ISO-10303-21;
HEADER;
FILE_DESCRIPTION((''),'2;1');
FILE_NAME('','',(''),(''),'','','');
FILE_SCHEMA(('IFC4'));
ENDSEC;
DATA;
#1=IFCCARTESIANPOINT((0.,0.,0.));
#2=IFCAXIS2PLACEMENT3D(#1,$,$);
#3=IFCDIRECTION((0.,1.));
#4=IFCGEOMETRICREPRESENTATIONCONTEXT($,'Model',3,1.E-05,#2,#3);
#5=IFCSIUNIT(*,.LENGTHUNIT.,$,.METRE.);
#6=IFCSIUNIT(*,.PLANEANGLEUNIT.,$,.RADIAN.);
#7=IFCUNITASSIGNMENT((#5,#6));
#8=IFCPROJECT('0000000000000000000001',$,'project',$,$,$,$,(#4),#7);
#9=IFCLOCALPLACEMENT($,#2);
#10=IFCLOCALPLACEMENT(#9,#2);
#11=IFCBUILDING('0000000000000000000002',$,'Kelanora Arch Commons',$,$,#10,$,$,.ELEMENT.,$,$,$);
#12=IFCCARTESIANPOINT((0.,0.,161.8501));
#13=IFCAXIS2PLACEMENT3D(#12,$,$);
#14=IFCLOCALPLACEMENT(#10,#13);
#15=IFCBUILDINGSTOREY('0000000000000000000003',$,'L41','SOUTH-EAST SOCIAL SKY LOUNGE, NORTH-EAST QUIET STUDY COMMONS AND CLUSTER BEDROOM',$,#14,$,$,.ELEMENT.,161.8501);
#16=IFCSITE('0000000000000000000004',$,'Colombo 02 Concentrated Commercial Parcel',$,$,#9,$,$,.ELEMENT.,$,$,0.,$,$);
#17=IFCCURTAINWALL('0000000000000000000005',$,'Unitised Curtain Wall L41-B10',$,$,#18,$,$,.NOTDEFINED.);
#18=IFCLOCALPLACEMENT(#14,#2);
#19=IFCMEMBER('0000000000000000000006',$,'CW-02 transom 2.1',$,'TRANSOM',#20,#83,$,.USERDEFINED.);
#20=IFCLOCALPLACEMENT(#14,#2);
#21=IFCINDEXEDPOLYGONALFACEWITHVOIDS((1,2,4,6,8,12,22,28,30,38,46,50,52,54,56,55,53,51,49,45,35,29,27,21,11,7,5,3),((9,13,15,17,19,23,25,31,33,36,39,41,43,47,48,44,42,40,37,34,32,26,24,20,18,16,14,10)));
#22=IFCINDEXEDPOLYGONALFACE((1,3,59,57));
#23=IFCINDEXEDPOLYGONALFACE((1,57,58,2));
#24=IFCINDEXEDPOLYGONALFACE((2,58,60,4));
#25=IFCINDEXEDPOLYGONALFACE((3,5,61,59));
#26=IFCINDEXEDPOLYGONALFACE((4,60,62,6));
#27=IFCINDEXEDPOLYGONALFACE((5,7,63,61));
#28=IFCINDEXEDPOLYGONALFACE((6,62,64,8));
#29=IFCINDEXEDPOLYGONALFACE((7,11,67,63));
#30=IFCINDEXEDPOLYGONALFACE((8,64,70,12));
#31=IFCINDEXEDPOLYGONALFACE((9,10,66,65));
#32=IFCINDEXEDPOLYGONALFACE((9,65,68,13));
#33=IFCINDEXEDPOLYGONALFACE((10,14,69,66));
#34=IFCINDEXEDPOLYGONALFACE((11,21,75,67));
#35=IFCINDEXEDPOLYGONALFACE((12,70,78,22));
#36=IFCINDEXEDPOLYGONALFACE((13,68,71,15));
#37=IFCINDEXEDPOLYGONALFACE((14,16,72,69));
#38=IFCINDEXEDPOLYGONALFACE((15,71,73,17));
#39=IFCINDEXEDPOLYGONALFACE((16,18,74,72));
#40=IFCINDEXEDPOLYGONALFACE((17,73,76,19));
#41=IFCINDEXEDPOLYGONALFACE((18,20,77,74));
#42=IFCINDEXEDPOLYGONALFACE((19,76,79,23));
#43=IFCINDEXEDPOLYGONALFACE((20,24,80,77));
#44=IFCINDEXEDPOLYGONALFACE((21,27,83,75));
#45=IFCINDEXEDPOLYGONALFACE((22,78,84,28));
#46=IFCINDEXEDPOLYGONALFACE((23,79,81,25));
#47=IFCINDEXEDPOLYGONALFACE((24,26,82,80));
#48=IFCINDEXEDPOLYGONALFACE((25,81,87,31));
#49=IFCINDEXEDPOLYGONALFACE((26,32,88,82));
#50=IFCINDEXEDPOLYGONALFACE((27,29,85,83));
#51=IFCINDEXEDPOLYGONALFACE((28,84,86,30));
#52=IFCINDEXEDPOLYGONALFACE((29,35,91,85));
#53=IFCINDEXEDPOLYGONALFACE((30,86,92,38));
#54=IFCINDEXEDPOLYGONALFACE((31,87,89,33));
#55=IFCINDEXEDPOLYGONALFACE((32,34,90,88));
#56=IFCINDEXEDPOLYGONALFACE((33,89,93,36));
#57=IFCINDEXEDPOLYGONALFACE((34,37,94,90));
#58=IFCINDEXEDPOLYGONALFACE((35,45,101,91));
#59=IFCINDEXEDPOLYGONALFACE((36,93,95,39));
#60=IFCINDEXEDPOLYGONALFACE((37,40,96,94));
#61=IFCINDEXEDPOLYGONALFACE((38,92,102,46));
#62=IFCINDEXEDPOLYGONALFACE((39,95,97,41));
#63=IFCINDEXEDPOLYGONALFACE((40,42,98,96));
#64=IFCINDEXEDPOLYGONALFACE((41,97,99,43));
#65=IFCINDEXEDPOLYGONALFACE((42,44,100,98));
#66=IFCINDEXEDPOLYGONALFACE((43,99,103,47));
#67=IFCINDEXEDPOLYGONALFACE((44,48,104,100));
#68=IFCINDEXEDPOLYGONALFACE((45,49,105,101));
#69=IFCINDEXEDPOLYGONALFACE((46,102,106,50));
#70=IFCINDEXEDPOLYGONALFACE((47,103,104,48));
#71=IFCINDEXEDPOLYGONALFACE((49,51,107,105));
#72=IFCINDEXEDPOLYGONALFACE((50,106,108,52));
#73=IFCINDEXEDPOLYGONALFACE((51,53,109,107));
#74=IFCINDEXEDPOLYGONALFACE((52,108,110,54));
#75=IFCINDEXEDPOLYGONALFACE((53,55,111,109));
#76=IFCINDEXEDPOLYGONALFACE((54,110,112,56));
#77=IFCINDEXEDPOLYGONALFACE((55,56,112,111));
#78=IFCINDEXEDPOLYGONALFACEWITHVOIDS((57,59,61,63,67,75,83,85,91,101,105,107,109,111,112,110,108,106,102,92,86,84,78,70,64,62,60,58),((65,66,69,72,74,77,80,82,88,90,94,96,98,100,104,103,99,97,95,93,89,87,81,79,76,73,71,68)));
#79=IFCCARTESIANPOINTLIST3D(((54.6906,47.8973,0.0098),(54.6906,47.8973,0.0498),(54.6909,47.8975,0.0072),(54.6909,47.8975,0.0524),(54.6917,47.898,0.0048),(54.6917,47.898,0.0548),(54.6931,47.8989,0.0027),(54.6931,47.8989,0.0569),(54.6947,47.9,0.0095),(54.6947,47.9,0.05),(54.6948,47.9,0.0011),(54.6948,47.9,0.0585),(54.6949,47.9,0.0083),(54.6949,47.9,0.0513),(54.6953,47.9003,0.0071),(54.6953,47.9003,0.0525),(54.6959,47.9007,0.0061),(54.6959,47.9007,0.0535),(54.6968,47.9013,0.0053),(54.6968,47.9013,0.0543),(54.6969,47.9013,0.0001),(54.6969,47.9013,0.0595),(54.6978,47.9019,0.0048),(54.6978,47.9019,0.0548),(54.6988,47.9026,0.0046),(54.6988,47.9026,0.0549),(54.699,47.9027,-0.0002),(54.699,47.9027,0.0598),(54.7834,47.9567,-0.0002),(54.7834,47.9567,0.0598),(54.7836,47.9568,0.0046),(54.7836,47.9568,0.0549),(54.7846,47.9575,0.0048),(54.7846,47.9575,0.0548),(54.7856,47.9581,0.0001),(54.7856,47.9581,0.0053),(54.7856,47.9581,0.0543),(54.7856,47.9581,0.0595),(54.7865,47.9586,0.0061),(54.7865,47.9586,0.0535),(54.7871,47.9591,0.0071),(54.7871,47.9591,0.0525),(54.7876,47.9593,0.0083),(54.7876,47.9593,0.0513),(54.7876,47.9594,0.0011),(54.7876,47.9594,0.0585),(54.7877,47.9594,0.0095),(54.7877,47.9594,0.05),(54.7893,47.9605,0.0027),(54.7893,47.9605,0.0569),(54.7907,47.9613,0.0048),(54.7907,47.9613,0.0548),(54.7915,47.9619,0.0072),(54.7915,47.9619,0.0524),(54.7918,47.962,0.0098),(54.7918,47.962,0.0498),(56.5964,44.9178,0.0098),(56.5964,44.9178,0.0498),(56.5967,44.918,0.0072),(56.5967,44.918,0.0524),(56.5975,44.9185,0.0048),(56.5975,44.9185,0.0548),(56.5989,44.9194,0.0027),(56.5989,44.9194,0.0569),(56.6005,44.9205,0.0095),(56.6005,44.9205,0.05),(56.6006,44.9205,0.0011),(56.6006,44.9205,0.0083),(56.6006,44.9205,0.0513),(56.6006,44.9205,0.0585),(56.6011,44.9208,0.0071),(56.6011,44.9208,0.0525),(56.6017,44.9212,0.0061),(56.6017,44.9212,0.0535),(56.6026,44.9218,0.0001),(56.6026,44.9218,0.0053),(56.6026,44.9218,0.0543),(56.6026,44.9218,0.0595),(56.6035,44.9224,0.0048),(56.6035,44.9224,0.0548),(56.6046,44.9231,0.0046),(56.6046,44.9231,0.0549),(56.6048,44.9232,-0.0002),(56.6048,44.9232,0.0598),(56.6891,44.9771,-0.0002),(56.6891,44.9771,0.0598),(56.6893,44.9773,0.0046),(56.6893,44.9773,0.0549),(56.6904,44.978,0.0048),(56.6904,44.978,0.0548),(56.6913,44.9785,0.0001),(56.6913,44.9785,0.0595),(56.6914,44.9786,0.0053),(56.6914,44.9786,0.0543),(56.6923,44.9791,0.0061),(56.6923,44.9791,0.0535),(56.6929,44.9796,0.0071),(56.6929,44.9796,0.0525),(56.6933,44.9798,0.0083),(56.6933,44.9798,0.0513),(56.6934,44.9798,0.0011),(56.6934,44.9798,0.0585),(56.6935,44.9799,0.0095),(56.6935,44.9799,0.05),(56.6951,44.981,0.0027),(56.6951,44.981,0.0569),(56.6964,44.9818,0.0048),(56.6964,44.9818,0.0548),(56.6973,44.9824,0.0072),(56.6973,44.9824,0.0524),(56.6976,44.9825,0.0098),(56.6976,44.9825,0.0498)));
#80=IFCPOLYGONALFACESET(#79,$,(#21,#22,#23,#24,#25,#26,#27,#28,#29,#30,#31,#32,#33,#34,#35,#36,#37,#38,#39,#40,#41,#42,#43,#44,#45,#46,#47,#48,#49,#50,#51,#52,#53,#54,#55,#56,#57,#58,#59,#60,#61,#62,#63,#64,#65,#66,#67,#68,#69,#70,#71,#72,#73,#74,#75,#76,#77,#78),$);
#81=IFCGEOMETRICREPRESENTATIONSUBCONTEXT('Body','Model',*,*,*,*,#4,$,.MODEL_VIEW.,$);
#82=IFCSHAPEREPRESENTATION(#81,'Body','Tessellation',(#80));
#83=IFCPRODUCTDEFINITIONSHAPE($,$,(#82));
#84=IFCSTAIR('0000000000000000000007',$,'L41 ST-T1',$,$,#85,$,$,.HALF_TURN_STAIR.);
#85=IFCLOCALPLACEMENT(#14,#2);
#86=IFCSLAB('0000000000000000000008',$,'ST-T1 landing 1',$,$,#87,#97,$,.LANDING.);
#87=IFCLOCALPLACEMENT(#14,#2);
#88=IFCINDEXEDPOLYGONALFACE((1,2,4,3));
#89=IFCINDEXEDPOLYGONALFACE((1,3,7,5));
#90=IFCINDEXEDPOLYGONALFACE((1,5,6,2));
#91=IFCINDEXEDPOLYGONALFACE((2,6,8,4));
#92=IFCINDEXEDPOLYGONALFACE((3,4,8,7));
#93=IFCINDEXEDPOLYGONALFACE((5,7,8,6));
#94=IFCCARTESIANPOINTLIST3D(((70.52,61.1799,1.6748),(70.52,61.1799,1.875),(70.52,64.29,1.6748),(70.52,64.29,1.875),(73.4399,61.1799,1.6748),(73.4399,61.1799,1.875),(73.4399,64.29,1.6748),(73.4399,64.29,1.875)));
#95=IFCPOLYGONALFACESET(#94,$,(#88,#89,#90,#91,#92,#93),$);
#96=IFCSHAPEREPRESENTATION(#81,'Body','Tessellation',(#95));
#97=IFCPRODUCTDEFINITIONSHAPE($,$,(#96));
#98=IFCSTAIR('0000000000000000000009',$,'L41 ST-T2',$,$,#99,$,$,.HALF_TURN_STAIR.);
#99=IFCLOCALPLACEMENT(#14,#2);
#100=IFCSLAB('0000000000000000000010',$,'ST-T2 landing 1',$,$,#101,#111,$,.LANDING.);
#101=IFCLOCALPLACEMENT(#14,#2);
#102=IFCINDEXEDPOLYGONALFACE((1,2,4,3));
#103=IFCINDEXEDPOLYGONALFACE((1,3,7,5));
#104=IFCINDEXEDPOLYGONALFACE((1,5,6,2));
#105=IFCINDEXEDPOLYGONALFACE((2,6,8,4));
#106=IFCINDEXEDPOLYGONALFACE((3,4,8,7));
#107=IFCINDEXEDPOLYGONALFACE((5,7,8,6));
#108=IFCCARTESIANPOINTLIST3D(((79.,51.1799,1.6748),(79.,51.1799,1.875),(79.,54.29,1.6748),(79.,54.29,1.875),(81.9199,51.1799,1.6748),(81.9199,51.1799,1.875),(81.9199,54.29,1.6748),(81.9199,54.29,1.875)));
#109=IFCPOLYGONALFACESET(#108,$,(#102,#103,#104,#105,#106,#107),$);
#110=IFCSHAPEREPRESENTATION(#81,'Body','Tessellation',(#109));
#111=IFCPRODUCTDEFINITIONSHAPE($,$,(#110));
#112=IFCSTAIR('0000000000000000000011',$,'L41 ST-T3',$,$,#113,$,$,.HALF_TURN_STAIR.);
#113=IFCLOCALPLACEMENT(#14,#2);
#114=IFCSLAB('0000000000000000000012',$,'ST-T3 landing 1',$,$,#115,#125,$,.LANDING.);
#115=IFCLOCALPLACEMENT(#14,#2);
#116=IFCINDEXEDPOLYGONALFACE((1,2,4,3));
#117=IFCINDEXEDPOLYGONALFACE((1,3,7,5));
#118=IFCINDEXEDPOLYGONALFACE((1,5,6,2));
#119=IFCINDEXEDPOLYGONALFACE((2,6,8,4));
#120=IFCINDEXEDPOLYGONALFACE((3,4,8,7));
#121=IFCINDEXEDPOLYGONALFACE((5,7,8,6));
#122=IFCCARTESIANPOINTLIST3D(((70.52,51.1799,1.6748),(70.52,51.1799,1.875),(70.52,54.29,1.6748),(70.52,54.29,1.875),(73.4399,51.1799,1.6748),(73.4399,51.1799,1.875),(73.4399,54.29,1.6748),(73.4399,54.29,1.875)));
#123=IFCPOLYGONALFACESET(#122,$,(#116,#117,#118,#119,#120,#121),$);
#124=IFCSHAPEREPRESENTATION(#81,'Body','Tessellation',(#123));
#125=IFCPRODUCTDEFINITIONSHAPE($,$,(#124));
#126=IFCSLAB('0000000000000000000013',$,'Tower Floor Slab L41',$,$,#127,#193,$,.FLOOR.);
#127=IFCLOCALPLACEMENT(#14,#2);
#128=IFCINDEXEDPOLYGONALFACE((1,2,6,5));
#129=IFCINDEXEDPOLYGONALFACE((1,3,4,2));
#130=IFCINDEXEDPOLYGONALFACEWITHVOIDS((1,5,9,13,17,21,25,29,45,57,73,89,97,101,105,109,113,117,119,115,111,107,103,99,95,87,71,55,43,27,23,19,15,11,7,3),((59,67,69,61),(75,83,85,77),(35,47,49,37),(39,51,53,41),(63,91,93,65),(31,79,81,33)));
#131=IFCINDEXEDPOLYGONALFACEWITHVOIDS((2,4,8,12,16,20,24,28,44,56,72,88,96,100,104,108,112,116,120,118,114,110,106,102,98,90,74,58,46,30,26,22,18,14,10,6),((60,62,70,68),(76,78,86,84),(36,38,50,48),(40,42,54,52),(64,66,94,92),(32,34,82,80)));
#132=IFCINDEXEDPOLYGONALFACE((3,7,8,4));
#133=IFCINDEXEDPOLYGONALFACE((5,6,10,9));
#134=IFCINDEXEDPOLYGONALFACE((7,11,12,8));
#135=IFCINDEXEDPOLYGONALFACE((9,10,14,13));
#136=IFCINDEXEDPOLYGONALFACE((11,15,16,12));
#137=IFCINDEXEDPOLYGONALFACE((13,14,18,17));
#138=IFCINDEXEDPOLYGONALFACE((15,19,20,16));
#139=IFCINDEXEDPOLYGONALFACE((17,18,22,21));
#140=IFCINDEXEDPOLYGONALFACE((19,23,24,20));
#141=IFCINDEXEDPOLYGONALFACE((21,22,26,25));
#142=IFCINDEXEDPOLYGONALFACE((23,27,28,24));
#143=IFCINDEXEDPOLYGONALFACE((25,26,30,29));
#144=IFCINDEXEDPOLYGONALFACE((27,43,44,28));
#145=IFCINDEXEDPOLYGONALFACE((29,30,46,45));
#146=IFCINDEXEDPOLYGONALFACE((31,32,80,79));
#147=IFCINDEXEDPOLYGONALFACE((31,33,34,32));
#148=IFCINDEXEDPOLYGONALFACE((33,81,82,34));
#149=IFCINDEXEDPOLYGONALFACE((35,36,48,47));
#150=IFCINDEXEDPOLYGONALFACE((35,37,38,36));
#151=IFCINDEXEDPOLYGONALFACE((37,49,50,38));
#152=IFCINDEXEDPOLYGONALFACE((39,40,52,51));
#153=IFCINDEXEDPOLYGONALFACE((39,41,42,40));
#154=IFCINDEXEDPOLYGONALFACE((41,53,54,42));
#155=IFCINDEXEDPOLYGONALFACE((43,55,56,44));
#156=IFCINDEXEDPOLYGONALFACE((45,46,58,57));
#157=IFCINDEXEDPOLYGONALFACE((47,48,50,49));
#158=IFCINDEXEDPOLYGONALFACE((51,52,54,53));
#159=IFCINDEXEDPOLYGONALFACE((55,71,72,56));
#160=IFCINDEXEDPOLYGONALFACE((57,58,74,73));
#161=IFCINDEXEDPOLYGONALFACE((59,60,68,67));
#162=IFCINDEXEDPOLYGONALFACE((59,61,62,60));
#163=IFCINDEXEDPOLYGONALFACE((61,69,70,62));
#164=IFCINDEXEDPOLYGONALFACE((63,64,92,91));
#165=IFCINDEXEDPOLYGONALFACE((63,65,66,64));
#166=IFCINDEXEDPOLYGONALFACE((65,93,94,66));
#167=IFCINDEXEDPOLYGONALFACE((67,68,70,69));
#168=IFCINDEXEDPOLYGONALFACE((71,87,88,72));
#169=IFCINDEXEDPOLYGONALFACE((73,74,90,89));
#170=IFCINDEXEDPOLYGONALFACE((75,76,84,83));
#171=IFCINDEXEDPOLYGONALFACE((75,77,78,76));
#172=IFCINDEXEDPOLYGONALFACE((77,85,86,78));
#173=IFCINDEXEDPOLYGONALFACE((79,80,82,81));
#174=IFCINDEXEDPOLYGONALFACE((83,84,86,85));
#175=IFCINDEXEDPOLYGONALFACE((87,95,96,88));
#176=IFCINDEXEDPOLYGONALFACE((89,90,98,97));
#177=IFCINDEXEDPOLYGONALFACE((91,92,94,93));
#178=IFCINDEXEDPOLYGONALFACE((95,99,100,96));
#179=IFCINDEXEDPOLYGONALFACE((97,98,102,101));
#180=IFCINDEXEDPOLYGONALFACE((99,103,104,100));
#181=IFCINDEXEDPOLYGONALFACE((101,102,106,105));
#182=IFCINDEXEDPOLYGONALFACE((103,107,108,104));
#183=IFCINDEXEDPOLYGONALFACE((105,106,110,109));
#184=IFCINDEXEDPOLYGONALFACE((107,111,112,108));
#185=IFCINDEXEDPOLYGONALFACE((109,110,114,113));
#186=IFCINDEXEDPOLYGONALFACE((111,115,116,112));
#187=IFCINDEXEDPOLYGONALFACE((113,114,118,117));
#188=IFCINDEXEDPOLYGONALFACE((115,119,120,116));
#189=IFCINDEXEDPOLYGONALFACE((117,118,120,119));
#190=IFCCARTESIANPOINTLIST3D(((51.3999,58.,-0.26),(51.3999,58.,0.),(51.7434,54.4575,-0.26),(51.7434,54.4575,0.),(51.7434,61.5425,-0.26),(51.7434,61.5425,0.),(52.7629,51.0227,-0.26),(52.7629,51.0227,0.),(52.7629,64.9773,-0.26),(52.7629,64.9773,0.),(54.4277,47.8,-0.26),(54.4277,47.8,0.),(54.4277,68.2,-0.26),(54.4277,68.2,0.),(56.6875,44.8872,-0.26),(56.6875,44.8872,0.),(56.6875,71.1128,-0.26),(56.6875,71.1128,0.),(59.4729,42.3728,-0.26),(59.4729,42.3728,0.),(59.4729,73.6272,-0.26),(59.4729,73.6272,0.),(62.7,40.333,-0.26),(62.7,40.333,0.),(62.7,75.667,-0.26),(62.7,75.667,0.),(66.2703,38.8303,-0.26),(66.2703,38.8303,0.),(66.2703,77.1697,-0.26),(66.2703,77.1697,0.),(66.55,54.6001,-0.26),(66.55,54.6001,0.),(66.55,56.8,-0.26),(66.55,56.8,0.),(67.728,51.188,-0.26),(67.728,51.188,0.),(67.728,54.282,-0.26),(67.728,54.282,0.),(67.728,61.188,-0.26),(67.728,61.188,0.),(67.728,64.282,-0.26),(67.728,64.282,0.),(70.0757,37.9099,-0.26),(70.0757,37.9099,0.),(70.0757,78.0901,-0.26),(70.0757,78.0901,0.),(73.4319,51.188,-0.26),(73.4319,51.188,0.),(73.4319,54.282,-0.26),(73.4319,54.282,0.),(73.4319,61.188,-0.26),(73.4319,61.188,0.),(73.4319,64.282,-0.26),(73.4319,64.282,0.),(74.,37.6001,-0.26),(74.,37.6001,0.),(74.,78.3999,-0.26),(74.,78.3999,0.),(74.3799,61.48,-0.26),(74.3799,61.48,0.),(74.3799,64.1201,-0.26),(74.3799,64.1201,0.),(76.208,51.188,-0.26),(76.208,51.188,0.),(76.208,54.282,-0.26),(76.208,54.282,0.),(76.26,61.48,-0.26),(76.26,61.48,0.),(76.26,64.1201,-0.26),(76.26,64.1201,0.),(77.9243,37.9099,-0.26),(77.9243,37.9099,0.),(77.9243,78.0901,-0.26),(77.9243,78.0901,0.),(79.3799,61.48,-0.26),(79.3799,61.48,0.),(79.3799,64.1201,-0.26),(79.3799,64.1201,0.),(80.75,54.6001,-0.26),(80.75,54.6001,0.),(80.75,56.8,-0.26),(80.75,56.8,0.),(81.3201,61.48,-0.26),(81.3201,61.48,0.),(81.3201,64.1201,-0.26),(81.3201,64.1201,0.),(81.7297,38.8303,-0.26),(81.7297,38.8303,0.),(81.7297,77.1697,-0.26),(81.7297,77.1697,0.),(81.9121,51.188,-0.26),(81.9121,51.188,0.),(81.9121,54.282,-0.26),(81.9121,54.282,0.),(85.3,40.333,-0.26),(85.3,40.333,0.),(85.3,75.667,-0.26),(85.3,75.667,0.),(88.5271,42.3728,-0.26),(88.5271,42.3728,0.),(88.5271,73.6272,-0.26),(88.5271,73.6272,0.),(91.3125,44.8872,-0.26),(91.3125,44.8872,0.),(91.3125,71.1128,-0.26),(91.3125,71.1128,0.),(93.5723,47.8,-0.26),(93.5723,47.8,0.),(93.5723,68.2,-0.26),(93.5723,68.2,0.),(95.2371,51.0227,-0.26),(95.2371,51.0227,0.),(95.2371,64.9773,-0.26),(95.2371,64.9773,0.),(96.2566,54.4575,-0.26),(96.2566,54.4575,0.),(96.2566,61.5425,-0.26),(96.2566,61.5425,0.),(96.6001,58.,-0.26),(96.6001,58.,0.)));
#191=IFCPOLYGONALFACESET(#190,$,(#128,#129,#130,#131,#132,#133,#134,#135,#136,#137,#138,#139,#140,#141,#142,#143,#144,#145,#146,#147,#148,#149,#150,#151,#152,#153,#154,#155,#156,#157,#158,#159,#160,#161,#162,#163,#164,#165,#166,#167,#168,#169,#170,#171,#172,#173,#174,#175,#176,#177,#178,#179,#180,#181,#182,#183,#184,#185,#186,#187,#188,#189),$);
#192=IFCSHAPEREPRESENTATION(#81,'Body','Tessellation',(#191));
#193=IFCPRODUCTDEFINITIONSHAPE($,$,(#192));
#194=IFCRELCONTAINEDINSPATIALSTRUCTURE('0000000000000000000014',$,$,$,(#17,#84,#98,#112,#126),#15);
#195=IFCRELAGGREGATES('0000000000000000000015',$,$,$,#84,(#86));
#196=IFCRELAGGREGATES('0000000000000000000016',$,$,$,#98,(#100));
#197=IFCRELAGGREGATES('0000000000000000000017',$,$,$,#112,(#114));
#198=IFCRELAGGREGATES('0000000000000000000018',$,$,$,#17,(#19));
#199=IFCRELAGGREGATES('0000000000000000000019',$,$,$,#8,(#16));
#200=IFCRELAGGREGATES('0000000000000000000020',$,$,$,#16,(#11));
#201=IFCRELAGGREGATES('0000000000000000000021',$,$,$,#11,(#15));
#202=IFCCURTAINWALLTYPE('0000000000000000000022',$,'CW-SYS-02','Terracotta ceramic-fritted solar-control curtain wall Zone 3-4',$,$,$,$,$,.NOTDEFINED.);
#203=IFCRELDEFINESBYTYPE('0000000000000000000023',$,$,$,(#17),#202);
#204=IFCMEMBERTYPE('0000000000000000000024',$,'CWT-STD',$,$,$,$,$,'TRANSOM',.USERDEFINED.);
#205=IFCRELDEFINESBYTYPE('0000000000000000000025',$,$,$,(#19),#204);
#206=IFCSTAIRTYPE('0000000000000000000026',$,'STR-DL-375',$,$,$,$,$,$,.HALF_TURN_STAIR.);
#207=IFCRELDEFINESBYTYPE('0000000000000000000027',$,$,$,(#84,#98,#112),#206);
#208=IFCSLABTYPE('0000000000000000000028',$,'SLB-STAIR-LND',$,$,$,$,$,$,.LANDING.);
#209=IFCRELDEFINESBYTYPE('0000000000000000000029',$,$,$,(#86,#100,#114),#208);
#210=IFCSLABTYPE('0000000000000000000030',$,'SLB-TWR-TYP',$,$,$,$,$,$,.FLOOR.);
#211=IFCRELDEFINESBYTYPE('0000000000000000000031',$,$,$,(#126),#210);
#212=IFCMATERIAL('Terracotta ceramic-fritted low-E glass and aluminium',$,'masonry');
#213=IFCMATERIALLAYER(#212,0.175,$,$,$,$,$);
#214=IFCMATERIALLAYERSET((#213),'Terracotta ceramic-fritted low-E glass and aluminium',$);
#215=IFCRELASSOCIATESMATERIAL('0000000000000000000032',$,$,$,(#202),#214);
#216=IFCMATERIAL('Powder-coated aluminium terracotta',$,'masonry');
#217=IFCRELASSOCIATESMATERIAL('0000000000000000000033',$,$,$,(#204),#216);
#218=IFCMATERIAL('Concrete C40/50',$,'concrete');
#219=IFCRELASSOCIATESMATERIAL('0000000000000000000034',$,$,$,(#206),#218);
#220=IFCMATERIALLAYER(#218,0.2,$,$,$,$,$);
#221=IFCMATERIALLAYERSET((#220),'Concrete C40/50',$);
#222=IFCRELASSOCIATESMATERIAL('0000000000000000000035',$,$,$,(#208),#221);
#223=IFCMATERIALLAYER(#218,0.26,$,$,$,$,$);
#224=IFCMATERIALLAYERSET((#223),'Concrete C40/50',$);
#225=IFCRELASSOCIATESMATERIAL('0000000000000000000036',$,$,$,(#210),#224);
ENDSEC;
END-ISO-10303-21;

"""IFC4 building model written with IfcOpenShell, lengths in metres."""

from ifc_helpers import new_model, si_unit, direction, frame, origin, origin_2d, place, context, subcontext, project, spatial, polyline, hollow_rectangle, outline, extrude, material, layer, layer_set, material_profile, profile_set, type_object, element, aggregate, save


model = new_model("IFC4")

# Units and contexts
model_context = context("Model", 3, precision=1e-05, world=origin(), true_north=direction((0.0, 1.0)))
body_context = subcontext(model_context, "Body", "Model", "MODEL_VIEW")
ifc_project = project(units=[si_unit("LENGTHUNIT", "METRE"), si_unit("PLANEANGLEUNIT", "RADIAN")], contexts=[model_context])

# Site, building, storey
site_placement = place(None, origin())
site = spatial("IfcSite", under=ifc_project, at=site_placement, Name="Colombo 02 Concentrated Commercial Parcel", CompositionType="ELEMENT", RefElevation=0.0)
building_placement = place(site_placement, origin())
building = spatial("IfcBuilding", under=site, at=building_placement, Name="Kelanora Arch Commons", CompositionType="ELEMENT")
storey_placement = place(building_placement, frame((0.0, 0.0, 161.8501)))
storey = spatial("IfcBuildingStorey", under=building, at=storey_placement, Name="L41", Description="SOUTH-EAST SOCIAL SKY LOUNGE, NORTH-EAST QUIET STUDY COMMONS AND CLUSTER BEDROOM", CompositionType="ELEMENT", Elevation=161.8501)

# Shared definitions
ifc_material_1 = material(Name="Terracotta ceramic-fritted low-E glass and aluminium", Category="masonry")
ifc_layer_1 = layer(ifc_material_1, 0.175)
ifc_layer_set_1 = layer_set([ifc_layer_1], Name="Terracotta ceramic-fritted low-E glass and aluminium")
curtain_wall_type = type_object("IfcCurtainWallType", Name="CW-SYS-02", Description="Terracotta ceramic-fritted solar-control curtain wall Zone 3-4", PredefinedType="NOTDEFINED", material=ifc_layer_set_1)
ifc_material_2 = material(Name="Powder-coated aluminium terracotta", Category="masonry")

# Curtain wall, member
curtain_wall_1_placement = place(storey_placement, origin())
curtain_wall_1 = element("IfcCurtainWall", 1, at=curtain_wall_1_placement, inside=storey, type_object=curtain_wall_type, Name="Unitised Curtain Wall L41-B10", PredefinedType="NOTDEFINED")
ifc_material_profile_1 = material_profile(ifc_material_2, hollow_rectangle(XDim=0.1201, YDim=0.0601, WallThickness=0.0049, InnerFilletRadius=0.0049, OuterFilletRadius=0.01, at=origin_2d()), Name="CWT120x60")
ifc_profile_set_1 = profile_set([ifc_material_profile_1], Name="Powder-coated aluminium terracotta")
member_type_1 = type_object("IfcMemberType", Name="CWT-STD", ElementType="TRANSOM", PredefinedType="USERDEFINED", material=ifc_profile_set_1)
member_1_placement = place(storey_placement, frame((54.7412, 47.9297, 0.0298), z_axis=(0.53883, -0.842414, 0.0), x_axis=(0.842414, 0.53883, 0.0)))
member_1 = element("IfcMember", 2, at=member_1_placement, type_object=member_type_1, Name="CW-02 transom 2.1", ObjectType="TRANSOM", PredefinedType="USERDEFINED", context=body_context, shape_type="SweptSolid", body=[
    extrude(hollow_rectangle(XDim=0.1201, YDim=0.0601, WallThickness=0.0049, InnerFilletRadius=0.0049, OuterFilletRadius=0.01, at=origin_2d()), origin(), (0.0, 0.0, 1.0), 3.5369),
])

# Stairs, slabs
ifc_material_3 = material(Name="Concrete C40/50", Category="concrete")
stair_type = type_object("IfcStairType", Name="STR-DL-375", PredefinedType="HALF_TURN_STAIR", material=ifc_material_3)
stair_1_placement = place(storey_placement, origin())
stair_1 = element("IfcStair", 3, at=stair_1_placement, inside=storey, type_object=stair_type, Name="L41 ST-T1", PredefinedType="HALF_TURN_STAIR")
ifc_layer_2 = layer(ifc_material_3, 0.2)
ifc_layer_set_2 = layer_set([ifc_layer_2], Name="Concrete C40/50")
slab_type_1 = type_object("IfcSlabType", Name="SLB-STAIR-LND", PredefinedType="LANDING", material=ifc_layer_set_2)
slab_1_placement = place(storey_placement, frame((0.0, 0.0, 1.6748)))
slab_1 = element("IfcSlab", 4, at=slab_1_placement, type_object=slab_type_1, Name="ST-T1 landing 1", PredefinedType="LANDING", context=body_context, shape_type="SweptSolid", body=[
    extrude(outline(polyline([(70.52, 61.1799), (73.4399, 61.1799), (73.4399, 64.29), (70.52, 64.29), (70.52, 61.1799)])), origin(), (0.0, 0.0, 1.0), 0.2002),
])
aggregate(stair_1, [slab_1])
stair_2_placement = place(storey_placement, origin())
stair_2 = element("IfcStair", 5, at=stair_2_placement, inside=storey, type_object=stair_type, Name="L41 ST-T2", PredefinedType="HALF_TURN_STAIR")
slab_2_placement = place(storey_placement, frame((0.0, 0.0, 1.6748)))
slab_2 = element("IfcSlab", 6, at=slab_2_placement, type_object=slab_type_1, Name="ST-T2 landing 1", PredefinedType="LANDING", context=body_context, shape_type="SweptSolid", body=[
    extrude(outline(polyline([(79.0, 51.1799), (81.9199, 51.1799), (81.9199, 54.29), (79.0, 54.29), (79.0, 51.1799)])), origin(), (0.0, 0.0, 1.0), 0.2002),
])
aggregate(stair_2, [slab_2])
stair_3_placement = place(storey_placement, origin())
stair_3 = element("IfcStair", 7, at=stair_3_placement, inside=storey, type_object=stair_type, Name="L41 ST-T3", PredefinedType="HALF_TURN_STAIR")
slab_3_placement = place(storey_placement, frame((0.0, 0.0, 1.6748)))
slab_3 = element("IfcSlab", 8, at=slab_3_placement, type_object=slab_type_1, Name="ST-T3 landing 1", PredefinedType="LANDING", context=body_context, shape_type="SweptSolid", body=[
    extrude(outline(polyline([(70.52, 51.1799), (73.4399, 51.1799), (73.4399, 54.29), (70.52, 54.29), (70.52, 51.1799)])), origin(), (0.0, 0.0, 1.0), 0.2002),
])
aggregate(stair_3, [slab_3])

# Slab
ifc_layer_3 = layer(ifc_material_3, 0.26)
ifc_layer_set_3 = layer_set([ifc_layer_3], Name="Concrete C40/50")
slab_type_2 = type_object("IfcSlabType", Name="SLB-TWR-TYP", PredefinedType="FLOOR", material=ifc_layer_set_3)
slab_4_placement = place(storey_placement, frame((0.0, 0.0, -0.26)))
element("IfcSlab", 9, at=slab_4_placement, inside=storey, type_object=slab_type_2, Name="Tower Floor Slab L41", PredefinedType="FLOOR", context=body_context, shape_type="SweptSolid", body=[
    extrude(outline(polyline([(96.6001, 58.0), (96.2566, 61.5425), (95.2371, 64.9773), (93.5723, 68.2), (91.3125, 71.1128), (88.5271, 73.6272), (85.3, 75.667), (81.7297, 77.1697), (77.9243, 78.0901), (74.0, 78.3999), (70.0757, 78.0901), (66.2703, 77.1697), (62.7, 75.667), (59.4729, 73.6272), (56.6875, 71.1128), (54.4277, 68.2), (52.7629, 64.9773), (51.7434, 61.5425), (51.3999, 58.0), (51.7434, 54.4575), (52.7629, 51.0227), (54.4277, 47.8), (56.6875, 44.8872), (59.4729, 42.3728), (62.7, 40.333), (66.2703, 38.8303), (70.0757, 37.9099), (74.0, 37.6001), (77.9243, 37.9099), (81.7297, 38.8303), (85.3, 40.333), (88.5271, 42.3728), (91.3125, 44.8872), (93.5723, 47.8), (95.2371, 51.0227), (96.2566, 54.4575), (96.6001, 58.0)]), holes=[polyline([(73.4319, 51.188), (67.728, 51.188), (67.728, 54.282), (73.4319, 54.282), (73.4319, 51.188)]), polyline([(76.208, 51.188), (76.208, 54.282), (81.9121, 54.282), (81.9121, 51.188), (76.208, 51.188)]), polyline([(66.55, 54.6001), (66.55, 56.8), (80.75, 56.8), (80.75, 54.6001), (66.55, 54.6001)]), polyline([(73.4319, 61.188), (67.728, 61.188), (67.728, 64.282), (73.4319, 64.282), (73.4319, 61.188)]), polyline([(74.3799, 61.48), (74.3799, 64.1201), (76.26, 64.1201), (76.26, 61.48), (74.3799, 61.48)]), polyline([(79.3799, 61.48), (79.3799, 64.1201), (81.3201, 64.1201), (81.3201, 61.48), (79.3799, 61.48)])]), origin(), (0.0, 0.0, 1.0), 0.26),
])

aggregate(curtain_wall_1, [member_1])

save(model, "model.ifc")
